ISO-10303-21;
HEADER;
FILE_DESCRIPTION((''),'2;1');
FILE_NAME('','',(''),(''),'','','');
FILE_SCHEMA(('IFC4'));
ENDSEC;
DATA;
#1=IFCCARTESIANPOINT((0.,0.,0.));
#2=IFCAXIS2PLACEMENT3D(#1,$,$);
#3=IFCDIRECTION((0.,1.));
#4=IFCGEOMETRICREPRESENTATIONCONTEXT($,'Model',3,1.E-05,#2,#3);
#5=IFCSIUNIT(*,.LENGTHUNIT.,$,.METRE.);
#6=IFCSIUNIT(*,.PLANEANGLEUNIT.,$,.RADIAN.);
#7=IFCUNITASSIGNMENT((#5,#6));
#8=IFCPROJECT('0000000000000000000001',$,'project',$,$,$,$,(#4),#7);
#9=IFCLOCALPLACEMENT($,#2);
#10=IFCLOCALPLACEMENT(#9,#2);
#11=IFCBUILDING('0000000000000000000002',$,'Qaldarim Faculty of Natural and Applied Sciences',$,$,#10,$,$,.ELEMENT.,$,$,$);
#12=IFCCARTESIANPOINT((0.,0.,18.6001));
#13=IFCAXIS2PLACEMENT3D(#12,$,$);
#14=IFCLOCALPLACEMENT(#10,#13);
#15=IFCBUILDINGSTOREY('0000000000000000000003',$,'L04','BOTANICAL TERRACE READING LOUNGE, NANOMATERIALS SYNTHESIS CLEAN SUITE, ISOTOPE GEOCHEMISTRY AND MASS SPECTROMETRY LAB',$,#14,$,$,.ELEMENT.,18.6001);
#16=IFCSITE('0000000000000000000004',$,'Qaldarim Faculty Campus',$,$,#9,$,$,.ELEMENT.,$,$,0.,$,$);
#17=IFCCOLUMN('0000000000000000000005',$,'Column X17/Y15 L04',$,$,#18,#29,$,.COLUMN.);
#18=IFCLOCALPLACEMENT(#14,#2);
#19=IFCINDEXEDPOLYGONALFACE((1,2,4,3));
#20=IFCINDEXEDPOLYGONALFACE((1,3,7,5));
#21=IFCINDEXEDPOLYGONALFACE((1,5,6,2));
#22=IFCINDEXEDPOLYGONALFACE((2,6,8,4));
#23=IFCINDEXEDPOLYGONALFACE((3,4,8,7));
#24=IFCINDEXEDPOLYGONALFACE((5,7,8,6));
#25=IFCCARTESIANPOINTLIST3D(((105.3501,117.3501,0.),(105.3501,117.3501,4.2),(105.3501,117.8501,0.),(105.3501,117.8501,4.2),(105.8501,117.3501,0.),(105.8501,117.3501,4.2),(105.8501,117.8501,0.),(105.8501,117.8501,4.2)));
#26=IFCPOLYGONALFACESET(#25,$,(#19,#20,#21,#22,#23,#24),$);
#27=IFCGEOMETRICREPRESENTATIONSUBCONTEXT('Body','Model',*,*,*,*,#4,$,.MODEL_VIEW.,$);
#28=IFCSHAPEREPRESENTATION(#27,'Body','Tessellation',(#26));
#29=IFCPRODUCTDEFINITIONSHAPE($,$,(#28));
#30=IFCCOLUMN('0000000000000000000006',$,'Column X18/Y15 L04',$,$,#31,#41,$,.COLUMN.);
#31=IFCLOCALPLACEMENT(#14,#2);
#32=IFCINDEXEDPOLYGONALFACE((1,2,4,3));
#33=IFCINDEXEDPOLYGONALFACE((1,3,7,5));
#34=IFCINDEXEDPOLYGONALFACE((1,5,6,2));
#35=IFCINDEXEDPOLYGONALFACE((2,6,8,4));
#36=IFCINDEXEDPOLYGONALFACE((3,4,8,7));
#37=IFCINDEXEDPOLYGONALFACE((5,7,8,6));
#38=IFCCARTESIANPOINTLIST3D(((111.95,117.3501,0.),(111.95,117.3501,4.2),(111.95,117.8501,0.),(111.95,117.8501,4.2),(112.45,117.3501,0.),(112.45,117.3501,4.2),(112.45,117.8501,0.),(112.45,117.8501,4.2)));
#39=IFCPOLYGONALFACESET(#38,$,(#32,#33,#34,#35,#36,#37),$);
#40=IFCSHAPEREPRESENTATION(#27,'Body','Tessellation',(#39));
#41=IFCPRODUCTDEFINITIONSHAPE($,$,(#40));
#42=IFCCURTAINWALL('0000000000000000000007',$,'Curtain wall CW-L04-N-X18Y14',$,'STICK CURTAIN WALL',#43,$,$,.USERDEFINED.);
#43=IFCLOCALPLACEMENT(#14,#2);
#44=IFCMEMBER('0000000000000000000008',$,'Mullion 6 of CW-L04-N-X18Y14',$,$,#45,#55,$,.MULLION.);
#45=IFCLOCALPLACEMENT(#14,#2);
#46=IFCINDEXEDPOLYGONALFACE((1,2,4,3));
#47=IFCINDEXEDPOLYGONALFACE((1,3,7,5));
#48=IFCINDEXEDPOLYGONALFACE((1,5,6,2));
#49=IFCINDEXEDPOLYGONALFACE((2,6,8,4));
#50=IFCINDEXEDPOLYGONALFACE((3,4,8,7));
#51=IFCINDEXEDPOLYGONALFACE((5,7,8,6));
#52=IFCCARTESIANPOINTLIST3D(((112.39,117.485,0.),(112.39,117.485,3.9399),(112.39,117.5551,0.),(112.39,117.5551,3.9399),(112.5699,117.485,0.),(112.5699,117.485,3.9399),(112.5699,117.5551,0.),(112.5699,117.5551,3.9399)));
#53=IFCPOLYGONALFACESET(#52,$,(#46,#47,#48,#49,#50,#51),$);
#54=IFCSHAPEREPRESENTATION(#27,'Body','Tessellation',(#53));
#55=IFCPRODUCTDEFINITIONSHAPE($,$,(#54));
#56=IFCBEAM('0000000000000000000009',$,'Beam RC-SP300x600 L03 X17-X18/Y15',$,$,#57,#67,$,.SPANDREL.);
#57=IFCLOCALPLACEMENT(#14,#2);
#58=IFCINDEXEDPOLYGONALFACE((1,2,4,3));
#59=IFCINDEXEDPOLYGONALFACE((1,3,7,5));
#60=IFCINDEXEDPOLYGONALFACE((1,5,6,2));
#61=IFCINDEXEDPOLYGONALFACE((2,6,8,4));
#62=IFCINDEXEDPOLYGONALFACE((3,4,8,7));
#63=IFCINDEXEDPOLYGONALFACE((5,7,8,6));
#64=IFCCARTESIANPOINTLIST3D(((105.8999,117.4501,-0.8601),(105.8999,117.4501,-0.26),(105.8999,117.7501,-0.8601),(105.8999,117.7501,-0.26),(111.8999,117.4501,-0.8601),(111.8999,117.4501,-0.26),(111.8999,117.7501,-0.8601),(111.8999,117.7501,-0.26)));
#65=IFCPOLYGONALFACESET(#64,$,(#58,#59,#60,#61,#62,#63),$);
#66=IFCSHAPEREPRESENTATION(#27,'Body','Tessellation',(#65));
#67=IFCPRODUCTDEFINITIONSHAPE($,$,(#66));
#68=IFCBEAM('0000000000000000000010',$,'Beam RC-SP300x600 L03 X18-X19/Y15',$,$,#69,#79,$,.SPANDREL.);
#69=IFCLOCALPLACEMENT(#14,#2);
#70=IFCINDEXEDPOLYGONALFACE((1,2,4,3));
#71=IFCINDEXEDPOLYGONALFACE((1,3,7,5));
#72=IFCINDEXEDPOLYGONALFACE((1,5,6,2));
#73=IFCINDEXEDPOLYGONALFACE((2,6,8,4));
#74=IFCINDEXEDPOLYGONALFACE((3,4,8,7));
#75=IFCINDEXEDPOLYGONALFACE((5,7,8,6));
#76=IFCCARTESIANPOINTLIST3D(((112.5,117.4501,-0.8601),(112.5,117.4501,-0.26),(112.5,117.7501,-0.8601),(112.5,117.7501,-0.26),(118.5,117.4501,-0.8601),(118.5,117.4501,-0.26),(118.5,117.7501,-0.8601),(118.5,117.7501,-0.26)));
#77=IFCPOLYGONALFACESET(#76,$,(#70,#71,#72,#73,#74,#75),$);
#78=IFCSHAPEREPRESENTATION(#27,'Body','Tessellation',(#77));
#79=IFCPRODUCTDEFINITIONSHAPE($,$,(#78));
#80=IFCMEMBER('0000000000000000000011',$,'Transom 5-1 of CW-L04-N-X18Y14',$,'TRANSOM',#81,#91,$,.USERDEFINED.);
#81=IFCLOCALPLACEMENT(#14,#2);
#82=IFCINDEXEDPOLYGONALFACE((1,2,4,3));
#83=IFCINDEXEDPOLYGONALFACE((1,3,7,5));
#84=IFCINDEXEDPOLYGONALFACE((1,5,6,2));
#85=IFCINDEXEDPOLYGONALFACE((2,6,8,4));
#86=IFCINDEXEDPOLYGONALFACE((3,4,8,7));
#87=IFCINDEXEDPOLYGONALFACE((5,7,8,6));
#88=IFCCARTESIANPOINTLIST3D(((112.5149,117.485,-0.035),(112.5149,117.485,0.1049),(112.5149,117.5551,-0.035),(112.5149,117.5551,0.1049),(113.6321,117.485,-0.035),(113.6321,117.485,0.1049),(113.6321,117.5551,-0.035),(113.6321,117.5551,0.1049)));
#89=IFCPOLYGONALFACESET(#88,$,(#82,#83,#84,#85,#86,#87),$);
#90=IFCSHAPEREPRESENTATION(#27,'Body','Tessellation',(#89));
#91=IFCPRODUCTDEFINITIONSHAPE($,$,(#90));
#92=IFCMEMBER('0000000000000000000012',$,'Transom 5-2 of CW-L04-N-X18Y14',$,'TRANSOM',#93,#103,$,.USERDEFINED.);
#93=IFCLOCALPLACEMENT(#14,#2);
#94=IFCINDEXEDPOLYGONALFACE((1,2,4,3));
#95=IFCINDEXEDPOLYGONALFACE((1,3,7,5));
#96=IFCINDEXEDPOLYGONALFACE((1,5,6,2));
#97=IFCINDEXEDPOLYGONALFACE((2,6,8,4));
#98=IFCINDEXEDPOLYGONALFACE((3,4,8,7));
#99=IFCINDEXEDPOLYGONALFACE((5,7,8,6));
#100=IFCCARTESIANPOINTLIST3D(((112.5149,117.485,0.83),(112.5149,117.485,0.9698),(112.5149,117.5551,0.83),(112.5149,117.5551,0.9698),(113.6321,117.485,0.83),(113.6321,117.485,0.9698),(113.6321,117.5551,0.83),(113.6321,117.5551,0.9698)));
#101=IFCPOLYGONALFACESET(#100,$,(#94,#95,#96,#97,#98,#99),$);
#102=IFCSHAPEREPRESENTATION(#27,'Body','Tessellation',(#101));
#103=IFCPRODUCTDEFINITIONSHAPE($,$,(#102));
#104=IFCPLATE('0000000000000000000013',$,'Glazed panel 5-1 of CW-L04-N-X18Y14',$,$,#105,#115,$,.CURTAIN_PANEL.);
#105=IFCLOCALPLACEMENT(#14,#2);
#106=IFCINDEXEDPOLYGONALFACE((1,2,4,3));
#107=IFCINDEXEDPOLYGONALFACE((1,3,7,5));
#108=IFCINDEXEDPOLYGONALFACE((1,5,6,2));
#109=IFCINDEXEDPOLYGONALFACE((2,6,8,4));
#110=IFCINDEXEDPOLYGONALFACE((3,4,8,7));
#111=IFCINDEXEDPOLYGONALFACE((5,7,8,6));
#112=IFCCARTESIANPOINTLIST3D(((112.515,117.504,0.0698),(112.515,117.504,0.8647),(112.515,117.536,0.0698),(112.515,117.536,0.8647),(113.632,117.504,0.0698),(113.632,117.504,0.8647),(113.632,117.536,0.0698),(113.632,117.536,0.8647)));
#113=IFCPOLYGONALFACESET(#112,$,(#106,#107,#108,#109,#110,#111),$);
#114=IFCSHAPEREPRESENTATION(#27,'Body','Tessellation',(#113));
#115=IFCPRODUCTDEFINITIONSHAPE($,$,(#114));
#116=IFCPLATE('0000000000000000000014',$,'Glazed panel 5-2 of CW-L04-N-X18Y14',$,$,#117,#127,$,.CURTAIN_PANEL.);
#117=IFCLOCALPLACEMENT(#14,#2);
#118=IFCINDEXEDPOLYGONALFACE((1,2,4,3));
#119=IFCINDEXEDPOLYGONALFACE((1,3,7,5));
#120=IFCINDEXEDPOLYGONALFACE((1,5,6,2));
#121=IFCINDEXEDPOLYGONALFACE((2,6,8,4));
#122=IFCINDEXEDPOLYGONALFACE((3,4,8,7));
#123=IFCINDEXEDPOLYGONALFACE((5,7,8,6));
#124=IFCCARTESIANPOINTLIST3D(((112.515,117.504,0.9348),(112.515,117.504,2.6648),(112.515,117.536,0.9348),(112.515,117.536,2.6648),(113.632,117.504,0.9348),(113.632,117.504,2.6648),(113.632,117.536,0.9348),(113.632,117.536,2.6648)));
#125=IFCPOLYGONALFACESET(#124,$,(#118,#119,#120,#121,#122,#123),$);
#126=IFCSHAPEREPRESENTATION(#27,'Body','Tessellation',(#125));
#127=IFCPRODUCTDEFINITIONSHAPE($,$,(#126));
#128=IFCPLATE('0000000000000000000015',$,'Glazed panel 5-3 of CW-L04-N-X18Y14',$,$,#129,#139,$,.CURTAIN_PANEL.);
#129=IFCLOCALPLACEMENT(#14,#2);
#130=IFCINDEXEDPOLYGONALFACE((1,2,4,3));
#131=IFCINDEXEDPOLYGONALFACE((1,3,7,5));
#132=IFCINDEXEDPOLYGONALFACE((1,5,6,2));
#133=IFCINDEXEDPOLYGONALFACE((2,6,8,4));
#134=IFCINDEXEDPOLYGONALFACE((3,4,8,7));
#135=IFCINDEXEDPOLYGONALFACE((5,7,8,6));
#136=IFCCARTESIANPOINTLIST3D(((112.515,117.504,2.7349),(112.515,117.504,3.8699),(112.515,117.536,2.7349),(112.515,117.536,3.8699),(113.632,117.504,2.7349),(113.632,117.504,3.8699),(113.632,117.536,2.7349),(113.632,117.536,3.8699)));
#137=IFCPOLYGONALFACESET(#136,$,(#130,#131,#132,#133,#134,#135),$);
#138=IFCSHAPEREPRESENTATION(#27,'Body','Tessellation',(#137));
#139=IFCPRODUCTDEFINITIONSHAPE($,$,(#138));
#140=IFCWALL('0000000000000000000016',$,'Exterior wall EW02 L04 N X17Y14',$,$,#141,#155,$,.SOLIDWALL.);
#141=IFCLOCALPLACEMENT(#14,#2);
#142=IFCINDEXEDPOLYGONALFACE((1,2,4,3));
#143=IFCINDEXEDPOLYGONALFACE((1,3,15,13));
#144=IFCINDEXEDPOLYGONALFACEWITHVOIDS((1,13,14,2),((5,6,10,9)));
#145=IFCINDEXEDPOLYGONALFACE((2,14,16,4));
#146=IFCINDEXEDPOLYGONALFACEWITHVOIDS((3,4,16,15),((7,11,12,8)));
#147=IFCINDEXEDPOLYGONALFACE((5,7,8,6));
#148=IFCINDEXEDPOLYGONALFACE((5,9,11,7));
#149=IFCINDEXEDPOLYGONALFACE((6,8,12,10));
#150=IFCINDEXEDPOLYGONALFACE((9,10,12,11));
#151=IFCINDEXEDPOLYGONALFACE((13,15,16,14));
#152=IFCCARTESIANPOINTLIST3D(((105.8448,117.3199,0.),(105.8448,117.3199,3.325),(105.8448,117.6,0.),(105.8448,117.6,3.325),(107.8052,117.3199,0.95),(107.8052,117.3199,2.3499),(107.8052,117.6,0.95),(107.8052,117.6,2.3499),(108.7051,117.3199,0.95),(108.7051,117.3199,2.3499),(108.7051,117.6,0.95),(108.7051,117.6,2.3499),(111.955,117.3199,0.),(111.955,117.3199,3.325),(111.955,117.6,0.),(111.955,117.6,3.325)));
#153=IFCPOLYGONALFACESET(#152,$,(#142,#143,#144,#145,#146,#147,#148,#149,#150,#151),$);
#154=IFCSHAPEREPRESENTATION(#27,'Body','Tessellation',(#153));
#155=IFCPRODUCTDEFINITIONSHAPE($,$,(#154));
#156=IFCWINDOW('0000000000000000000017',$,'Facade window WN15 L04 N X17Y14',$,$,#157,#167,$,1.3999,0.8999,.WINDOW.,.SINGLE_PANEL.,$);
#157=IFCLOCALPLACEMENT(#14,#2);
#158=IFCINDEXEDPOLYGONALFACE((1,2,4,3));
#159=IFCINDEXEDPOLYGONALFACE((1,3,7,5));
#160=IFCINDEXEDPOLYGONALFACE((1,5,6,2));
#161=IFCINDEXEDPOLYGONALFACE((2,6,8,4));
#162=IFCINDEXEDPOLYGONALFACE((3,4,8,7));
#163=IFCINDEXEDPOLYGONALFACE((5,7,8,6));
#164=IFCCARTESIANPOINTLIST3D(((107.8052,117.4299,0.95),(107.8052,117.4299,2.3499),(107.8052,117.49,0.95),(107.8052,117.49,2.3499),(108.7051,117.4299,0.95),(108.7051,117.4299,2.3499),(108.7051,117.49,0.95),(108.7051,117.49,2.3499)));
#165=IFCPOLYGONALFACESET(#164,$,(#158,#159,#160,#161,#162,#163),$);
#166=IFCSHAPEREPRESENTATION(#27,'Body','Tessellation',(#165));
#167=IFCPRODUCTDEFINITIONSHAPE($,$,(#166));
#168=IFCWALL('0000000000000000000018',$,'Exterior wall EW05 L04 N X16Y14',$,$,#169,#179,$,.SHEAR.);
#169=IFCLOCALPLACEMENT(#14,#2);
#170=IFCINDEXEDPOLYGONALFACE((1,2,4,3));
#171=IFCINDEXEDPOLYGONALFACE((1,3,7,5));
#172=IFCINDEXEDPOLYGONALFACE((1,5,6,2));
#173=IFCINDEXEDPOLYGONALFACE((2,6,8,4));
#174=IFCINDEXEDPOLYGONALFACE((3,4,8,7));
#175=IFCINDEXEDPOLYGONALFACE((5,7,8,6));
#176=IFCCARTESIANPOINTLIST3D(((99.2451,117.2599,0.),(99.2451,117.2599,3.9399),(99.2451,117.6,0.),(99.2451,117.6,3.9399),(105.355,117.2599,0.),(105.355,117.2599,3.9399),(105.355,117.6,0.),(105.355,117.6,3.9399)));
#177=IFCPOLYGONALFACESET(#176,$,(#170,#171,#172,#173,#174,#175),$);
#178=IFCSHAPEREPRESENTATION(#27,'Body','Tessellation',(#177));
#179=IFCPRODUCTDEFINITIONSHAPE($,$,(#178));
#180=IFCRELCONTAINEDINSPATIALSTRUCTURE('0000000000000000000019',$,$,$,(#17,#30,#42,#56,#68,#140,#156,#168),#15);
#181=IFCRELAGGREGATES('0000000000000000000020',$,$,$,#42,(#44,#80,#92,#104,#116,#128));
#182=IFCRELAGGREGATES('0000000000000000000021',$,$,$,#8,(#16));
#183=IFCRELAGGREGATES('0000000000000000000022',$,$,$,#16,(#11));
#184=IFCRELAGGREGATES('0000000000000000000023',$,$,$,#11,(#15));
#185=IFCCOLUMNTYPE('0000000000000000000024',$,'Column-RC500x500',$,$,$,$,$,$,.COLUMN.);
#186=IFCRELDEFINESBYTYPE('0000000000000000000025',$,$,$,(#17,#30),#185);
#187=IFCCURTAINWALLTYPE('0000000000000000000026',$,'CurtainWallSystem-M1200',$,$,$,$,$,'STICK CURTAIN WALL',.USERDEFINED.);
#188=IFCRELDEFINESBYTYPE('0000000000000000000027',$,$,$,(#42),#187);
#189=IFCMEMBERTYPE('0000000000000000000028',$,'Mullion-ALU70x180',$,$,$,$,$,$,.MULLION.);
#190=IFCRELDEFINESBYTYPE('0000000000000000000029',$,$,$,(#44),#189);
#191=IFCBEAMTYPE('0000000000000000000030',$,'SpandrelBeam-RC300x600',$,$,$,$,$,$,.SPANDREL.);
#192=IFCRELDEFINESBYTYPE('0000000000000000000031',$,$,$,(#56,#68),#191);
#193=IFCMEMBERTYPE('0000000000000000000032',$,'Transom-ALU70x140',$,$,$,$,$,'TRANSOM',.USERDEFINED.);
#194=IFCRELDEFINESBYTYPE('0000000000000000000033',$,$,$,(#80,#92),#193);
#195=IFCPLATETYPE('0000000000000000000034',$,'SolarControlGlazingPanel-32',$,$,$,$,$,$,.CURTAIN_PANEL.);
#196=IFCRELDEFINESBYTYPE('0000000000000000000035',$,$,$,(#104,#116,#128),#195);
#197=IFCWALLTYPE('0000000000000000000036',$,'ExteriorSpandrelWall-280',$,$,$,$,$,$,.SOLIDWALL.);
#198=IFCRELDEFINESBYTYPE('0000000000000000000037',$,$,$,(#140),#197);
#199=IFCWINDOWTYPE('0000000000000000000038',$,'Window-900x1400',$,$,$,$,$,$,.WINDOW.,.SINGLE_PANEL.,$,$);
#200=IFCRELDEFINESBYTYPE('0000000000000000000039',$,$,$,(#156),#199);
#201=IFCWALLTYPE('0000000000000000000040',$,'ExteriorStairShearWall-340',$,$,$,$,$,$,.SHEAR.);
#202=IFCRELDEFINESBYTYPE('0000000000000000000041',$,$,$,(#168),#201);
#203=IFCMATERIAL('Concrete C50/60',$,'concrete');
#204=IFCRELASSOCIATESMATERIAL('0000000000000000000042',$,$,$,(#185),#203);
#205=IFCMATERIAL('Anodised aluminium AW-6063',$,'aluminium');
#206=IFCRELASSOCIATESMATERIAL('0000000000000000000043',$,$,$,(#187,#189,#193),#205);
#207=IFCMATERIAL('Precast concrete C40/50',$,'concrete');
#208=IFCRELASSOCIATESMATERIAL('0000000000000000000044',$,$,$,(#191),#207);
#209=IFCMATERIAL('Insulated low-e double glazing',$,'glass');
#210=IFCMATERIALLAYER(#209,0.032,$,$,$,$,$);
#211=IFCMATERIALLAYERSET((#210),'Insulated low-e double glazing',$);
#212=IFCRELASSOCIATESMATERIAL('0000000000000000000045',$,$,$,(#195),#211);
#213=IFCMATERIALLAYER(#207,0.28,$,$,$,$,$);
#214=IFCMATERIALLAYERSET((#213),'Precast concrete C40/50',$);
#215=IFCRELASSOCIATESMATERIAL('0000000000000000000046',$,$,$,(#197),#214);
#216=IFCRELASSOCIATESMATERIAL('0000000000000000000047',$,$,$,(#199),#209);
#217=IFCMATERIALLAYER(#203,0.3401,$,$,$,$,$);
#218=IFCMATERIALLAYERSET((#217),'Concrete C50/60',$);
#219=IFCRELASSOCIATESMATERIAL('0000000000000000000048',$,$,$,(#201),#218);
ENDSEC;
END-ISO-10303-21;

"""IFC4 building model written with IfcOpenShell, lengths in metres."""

from ifc_helpers import new_model, si_unit, direction, frame, frame_2d, origin, origin_2d, place, context, subcontext, project, spatial, rectangle, extrude, material, layer, layer_set, material_profile, profile_set, type_object, element, fill, aggregate, save


model = new_model("IFC4")

# Units and contexts
model_context = context("Model", 3, precision=1e-05, world=origin(), true_north=direction((0.0, 1.0)))
body_context = subcontext(model_context, "Body", "Model", "MODEL_VIEW")
ifc_project = project(units=[si_unit("LENGTHUNIT", "METRE"), si_unit("PLANEANGLEUNIT", "RADIAN")], contexts=[model_context])

# Site, building, storey
site_placement = place(None, origin())
site = spatial("IfcSite", under=ifc_project, at=site_placement, Name="Qaldarim Faculty Campus", CompositionType="ELEMENT", RefElevation=0.0)
building_placement = place(site_placement, origin())
building = spatial("IfcBuilding", under=site, at=building_placement, Name="Qaldarim Faculty of Natural and Applied Sciences", CompositionType="ELEMENT")
storey_placement = place(building_placement, frame((0.0, 0.0, 18.6001)))
storey = spatial("IfcBuildingStorey", under=building, at=storey_placement, Name="L04", Description="BOTANICAL TERRACE READING LOUNGE, NANOMATERIALS SYNTHESIS CLEAN SUITE, ISOTOPE GEOCHEMISTRY AND MASS SPECTROMETRY LAB", CompositionType="ELEMENT", Elevation=18.6001)

# Columns
ifc_material_1 = material(Name="Concrete C50/60", Category="concrete")
ifc_material_profile_1 = material_profile(ifc_material_1, rectangle(XDim=0.5, YDim=0.5, at=origin_2d()), Name="RC-C500x500")
ifc_profile_set_1 = profile_set([ifc_material_profile_1], Name="Concrete C50/60")
column_type = type_object("IfcColumnType", Name="Column-RC500x500", PredefinedType="COLUMN", material=ifc_profile_set_1)
for number, where, z_axis, x_axis, name in (
    (1, (105.6001, 117.6001, 0.0), (0.0, 0.0, 1.0), (1.0, 0.0, 0.0), "Column X17/Y15 L04"),
    (2, (112.2, 117.6001, 0.0), (0.0, 0.0, 1.0), (1.0, 0.0, 0.0), "Column X18/Y15 L04"),
):
    element("IfcColumn", number, at=place(storey_placement, frame(where, z_axis=z_axis, x_axis=x_axis)), inside=storey, type_object=column_type, Name=name, PredefinedType="COLUMN", context=body_context, shape_type="SweptSolid", body=[
        extrude(rectangle(XDim=0.5, YDim=0.5, at=origin_2d()), origin(), (0.0, 0.0, 1.0), 4.2),
    ])

# Curtain wall, member
ifc_material_2 = material(Name="Anodised aluminium AW-6063", Category="aluminium")
curtain_wall_type = type_object("IfcCurtainWallType", Name="CurtainWallSystem-M1200", ElementType="STICK CURTAIN WALL", PredefinedType="USERDEFINED", material=ifc_material_2)
curtain_wall_placement = place(storey_placement, origin())
curtain_wall = element("IfcCurtainWall", 3, at=curtain_wall_placement, inside=storey, type_object=curtain_wall_type, Name="Curtain wall CW-L04-N-X18Y14", ObjectType="STICK CURTAIN WALL", PredefinedType="USERDEFINED")
ifc_material_profile_2 = material_profile(ifc_material_2, rectangle(XDim=0.0701, YDim=0.1799, at=origin_2d()), Name="ALU-M70x180")
ifc_profile_set_2 = profile_set([ifc_material_profile_2], Name="Anodised aluminium AW-6063")
member_type_1 = type_object("IfcMemberType", Name="Mullion-ALU70x180", PredefinedType="MULLION", material=ifc_profile_set_2)
member_1_placement = place(storey_placement, frame((112.48, 117.52, 0.0), z_axis=(0.0, 0.0, 1.0), x_axis=(0.0, -1.0, 0.0)))
member_1 = element("IfcMember", 4, at=member_1_placement, type_object=member_type_1, Name="Mullion 6 of CW-L04-N-X18Y14", PredefinedType="MULLION", context=body_context, shape_type="SweptSolid", body=[
    extrude(rectangle(XDim=0.0701, YDim=0.1799, at=origin_2d()), origin(), (0.0, 0.0, 1.0), 3.9399),
])

# Beams
ifc_material_3 = material(Name="Precast concrete C40/50", Category="concrete")
ifc_material_profile_3 = material_profile(ifc_material_3, rectangle(XDim=0.3, YDim=0.6001, at=origin_2d()), Name="RC-SP300x600")
ifc_profile_set_3 = profile_set([ifc_material_profile_3], Name="Precast concrete C40/50")
beam_type = type_object("IfcBeamType", Name="SpandrelBeam-RC300x600", PredefinedType="SPANDREL", material=ifc_profile_set_3)
for number, where, z_axis, x_axis, name in (
    (5, (105.8999, 117.6001, -0.5601), (1.0, 0.0, 0.0), (0.0, 1.0, 0.0), "Beam RC-SP300x600 L03 X17-X18/Y15"),
    (6, (112.5, 117.6001, -0.5601), (1.0, 0.0, 0.0), (0.0, 1.0, 0.0), "Beam RC-SP300x600 L03 X18-X19/Y15"),
):
    element("IfcBeam", number, at=place(storey_placement, frame(where, z_axis=z_axis, x_axis=x_axis)), inside=storey, type_object=beam_type, Name=name, PredefinedType="SPANDREL", context=body_context, shape_type="SweptSolid", body=[
        extrude(rectangle(XDim=0.3, YDim=0.6001, at=origin_2d()), origin(), (0.0, 0.0, 1.0), 6.0),
    ])

# Members
ifc_material_profile_4 = material_profile(ifc_material_2, rectangle(XDim=0.0701, YDim=0.1399, at=origin_2d()), Name="ALU-T70x140")
ifc_profile_set_4 = profile_set([ifc_material_profile_4], Name="Anodised aluminium AW-6063")
member_type_2 = type_object("IfcMemberType", Name="Transom-ALU70x140", ElementType="TRANSOM", PredefinedType="USERDEFINED", material=ifc_profile_set_4)
member_2_placement = place(storey_placement, frame((113.6321, 117.52, 0.0349), z_axis=(-1.0, 0.0, 0.0), x_axis=(0.0, -1.0, 0.0)))
member_2 = element("IfcMember", 7, at=member_2_placement, type_object=member_type_2, Name="Transom 5-1 of CW-L04-N-X18Y14", ObjectType="TRANSOM", PredefinedType="USERDEFINED", context=body_context, shape_type="SweptSolid", body=[
    extrude(rectangle(XDim=0.0701, YDim=0.1399, at=origin_2d()), origin(), (0.0, 0.0, 1.0), 1.1172),
])
member_3_placement = place(storey_placement, frame((113.6321, 117.52, 0.8999), z_axis=(-1.0, 0.0, 0.0), x_axis=(0.0, -1.0, 0.0)))
member_3 = element("IfcMember", 8, at=member_3_placement, type_object=member_type_2, Name="Transom 5-2 of CW-L04-N-X18Y14", ObjectType="TRANSOM", PredefinedType="USERDEFINED", context=body_context, shape_type="SweptSolid", body=[
    extrude(rectangle(XDim=0.0701, YDim=0.1399, at=origin_2d()), origin(), (0.0, 0.0, 1.0), 1.1172),
])

# Plates
ifc_material_4 = material(Name="Insulated low-e double glazing", Category="glass")
ifc_layer_1 = layer(ifc_material_4, 0.032)
ifc_layer_set_1 = layer_set([ifc_layer_1], Name="Insulated low-e double glazing")
plate_type = type_object("IfcPlateType", Name="SolarControlGlazingPanel-32", PredefinedType="CURTAIN_PANEL", material=ifc_layer_set_1)
plate_1_placement = place(storey_placement, frame((113.0735, 117.52, 0.0698), z_axis=(0.0, 0.0, 1.0), x_axis=(-1.0, 0.0, 0.0)))
plate_1 = element("IfcPlate", 9, at=plate_1_placement, type_object=plate_type, Name="Glazed panel 5-1 of CW-L04-N-X18Y14", PredefinedType="CURTAIN_PANEL", context=body_context, shape_type="SweptSolid", body=[
    extrude(rectangle(XDim=1.1169, YDim=0.032, at=origin_2d()), origin(), (0.0, 0.0, 1.0), 0.7949),
])
plate_2_placement = place(storey_placement, frame((113.0735, 117.52, 0.9348), z_axis=(0.0, 0.0, 1.0), x_axis=(-1.0, 0.0, 0.0)))
plate_2 = element("IfcPlate", 10, at=plate_2_placement, type_object=plate_type, Name="Glazed panel 5-2 of CW-L04-N-X18Y14", PredefinedType="CURTAIN_PANEL", context=body_context, shape_type="SweptSolid", body=[
    extrude(rectangle(XDim=1.1169, YDim=0.032, at=origin_2d()), origin(), (0.0, 0.0, 1.0), 1.73),
])
plate_3_placement = place(storey_placement, frame((113.0735, 117.52, 2.7349), z_axis=(0.0, 0.0, 1.0), x_axis=(-1.0, 0.0, 0.0)))
plate_3 = element("IfcPlate", 11, at=plate_3_placement, type_object=plate_type, Name="Glazed panel 5-3 of CW-L04-N-X18Y14", PredefinedType="CURTAIN_PANEL", context=body_context, shape_type="SweptSolid", body=[
    extrude(rectangle(XDim=1.1169, YDim=0.032, at=origin_2d()), origin(), (0.0, 0.0, 1.0), 1.135),
])
aggregate(curtain_wall, [member_1, member_2, member_3, plate_1, plate_2, plate_3])

# Wall, opening, window
ifc_layer_2 = layer(ifc_material_3, 0.28)
ifc_layer_set_2 = layer_set([ifc_layer_2], Name="Precast concrete C40/50")
wall_type_1 = type_object("IfcWallType", Name="ExteriorSpandrelWall-280", PredefinedType="SOLIDWALL", material=ifc_layer_set_2)
wall_1_placement = place(storey_placement, frame((111.9551, 117.46, 0.0), z_axis=(0.0, 0.0, 1.0), x_axis=(-1.0, 0.0, 0.0)))
wall_1 = element("IfcWall", 12, at=wall_1_placement, inside=storey, type_object=wall_type_1, Name="Exterior wall EW02 L04 N X17Y14", PredefinedType="SOLIDWALL", context=body_context, shape_type="SweptSolid", body=[
    extrude(rectangle(XDim=6.1101, YDim=0.28, at=frame_2d((3.0552, 0.0))), origin(), (0.0, 0.0, 1.0), 3.325),
])
opening_1_placement = place(wall_1_placement, frame((3.25, 0.0, 0.95)))
opening_1 = element("IfcOpeningElement", 13, at=opening_1_placement, cuts=wall_1, PredefinedType="OPENING", context=body_context, shape_type="SweptSolid", body=[
    extrude(rectangle(XDim=0.8999, YDim=1.3999, at=frame_2d((0.45, 0.7))), frame((0.0, 0.1499, 0.0), z_axis=(0.0, -1.0, 0.0), x_axis=(1.0, 0.0, 0.0)), (0.0, 0.0, 1.0), 0.3),
])
window_type = type_object("IfcWindowType", Name="Window-900x1400", PartitioningType="SINGLE_PANEL", PredefinedType="WINDOW", material=ifc_material_4)
window_placement = place(opening_1_placement, origin())
window = element("IfcWindow", 14, at=window_placement, inside=storey, type_object=window_type, Name="Facade window WN15 L04 N X17Y14", OverallHeight=1.3999, OverallWidth=0.8999, PartitioningType="SINGLE_PANEL", PredefinedType="WINDOW", context=body_context, shape_type="SweptSolid", body=[
    extrude(rectangle(XDim=0.8999, YDim=1.3999, at=frame_2d((0.45, 0.7))), frame((0.0, 0.03, 0.0), z_axis=(0.0, -1.0, 0.0), x_axis=(1.0, 0.0, 0.0)), (0.0, 0.0, 1.0), 0.0601),
])
fill(opening_1, window)

# Wall
ifc_layer_3 = layer(ifc_material_1, 0.3401)
ifc_layer_set_3 = layer_set([ifc_layer_3], Name="Concrete C50/60")
wall_type_2 = type_object("IfcWallType", Name="ExteriorStairShearWall-340", PredefinedType="SHEAR", material=ifc_layer_set_3)
wall_2_placement = place(storey_placement, frame((105.355, 117.4299, 0.0), z_axis=(0.0, 0.0, 1.0), x_axis=(-1.0, 0.0, 0.0)))
element("IfcWall", 15, at=wall_2_placement, inside=storey, type_object=wall_type_2, Name="Exterior wall EW05 L04 N X16Y14", PredefinedType="SHEAR", context=body_context, shape_type="SweptSolid", body=[
    extrude(rectangle(XDim=6.1099, YDim=0.3401, at=frame_2d((3.0549, 0.0))), origin(), (0.0, 0.0, 1.0), 3.9399),
])

save(model, "model.ifc")
